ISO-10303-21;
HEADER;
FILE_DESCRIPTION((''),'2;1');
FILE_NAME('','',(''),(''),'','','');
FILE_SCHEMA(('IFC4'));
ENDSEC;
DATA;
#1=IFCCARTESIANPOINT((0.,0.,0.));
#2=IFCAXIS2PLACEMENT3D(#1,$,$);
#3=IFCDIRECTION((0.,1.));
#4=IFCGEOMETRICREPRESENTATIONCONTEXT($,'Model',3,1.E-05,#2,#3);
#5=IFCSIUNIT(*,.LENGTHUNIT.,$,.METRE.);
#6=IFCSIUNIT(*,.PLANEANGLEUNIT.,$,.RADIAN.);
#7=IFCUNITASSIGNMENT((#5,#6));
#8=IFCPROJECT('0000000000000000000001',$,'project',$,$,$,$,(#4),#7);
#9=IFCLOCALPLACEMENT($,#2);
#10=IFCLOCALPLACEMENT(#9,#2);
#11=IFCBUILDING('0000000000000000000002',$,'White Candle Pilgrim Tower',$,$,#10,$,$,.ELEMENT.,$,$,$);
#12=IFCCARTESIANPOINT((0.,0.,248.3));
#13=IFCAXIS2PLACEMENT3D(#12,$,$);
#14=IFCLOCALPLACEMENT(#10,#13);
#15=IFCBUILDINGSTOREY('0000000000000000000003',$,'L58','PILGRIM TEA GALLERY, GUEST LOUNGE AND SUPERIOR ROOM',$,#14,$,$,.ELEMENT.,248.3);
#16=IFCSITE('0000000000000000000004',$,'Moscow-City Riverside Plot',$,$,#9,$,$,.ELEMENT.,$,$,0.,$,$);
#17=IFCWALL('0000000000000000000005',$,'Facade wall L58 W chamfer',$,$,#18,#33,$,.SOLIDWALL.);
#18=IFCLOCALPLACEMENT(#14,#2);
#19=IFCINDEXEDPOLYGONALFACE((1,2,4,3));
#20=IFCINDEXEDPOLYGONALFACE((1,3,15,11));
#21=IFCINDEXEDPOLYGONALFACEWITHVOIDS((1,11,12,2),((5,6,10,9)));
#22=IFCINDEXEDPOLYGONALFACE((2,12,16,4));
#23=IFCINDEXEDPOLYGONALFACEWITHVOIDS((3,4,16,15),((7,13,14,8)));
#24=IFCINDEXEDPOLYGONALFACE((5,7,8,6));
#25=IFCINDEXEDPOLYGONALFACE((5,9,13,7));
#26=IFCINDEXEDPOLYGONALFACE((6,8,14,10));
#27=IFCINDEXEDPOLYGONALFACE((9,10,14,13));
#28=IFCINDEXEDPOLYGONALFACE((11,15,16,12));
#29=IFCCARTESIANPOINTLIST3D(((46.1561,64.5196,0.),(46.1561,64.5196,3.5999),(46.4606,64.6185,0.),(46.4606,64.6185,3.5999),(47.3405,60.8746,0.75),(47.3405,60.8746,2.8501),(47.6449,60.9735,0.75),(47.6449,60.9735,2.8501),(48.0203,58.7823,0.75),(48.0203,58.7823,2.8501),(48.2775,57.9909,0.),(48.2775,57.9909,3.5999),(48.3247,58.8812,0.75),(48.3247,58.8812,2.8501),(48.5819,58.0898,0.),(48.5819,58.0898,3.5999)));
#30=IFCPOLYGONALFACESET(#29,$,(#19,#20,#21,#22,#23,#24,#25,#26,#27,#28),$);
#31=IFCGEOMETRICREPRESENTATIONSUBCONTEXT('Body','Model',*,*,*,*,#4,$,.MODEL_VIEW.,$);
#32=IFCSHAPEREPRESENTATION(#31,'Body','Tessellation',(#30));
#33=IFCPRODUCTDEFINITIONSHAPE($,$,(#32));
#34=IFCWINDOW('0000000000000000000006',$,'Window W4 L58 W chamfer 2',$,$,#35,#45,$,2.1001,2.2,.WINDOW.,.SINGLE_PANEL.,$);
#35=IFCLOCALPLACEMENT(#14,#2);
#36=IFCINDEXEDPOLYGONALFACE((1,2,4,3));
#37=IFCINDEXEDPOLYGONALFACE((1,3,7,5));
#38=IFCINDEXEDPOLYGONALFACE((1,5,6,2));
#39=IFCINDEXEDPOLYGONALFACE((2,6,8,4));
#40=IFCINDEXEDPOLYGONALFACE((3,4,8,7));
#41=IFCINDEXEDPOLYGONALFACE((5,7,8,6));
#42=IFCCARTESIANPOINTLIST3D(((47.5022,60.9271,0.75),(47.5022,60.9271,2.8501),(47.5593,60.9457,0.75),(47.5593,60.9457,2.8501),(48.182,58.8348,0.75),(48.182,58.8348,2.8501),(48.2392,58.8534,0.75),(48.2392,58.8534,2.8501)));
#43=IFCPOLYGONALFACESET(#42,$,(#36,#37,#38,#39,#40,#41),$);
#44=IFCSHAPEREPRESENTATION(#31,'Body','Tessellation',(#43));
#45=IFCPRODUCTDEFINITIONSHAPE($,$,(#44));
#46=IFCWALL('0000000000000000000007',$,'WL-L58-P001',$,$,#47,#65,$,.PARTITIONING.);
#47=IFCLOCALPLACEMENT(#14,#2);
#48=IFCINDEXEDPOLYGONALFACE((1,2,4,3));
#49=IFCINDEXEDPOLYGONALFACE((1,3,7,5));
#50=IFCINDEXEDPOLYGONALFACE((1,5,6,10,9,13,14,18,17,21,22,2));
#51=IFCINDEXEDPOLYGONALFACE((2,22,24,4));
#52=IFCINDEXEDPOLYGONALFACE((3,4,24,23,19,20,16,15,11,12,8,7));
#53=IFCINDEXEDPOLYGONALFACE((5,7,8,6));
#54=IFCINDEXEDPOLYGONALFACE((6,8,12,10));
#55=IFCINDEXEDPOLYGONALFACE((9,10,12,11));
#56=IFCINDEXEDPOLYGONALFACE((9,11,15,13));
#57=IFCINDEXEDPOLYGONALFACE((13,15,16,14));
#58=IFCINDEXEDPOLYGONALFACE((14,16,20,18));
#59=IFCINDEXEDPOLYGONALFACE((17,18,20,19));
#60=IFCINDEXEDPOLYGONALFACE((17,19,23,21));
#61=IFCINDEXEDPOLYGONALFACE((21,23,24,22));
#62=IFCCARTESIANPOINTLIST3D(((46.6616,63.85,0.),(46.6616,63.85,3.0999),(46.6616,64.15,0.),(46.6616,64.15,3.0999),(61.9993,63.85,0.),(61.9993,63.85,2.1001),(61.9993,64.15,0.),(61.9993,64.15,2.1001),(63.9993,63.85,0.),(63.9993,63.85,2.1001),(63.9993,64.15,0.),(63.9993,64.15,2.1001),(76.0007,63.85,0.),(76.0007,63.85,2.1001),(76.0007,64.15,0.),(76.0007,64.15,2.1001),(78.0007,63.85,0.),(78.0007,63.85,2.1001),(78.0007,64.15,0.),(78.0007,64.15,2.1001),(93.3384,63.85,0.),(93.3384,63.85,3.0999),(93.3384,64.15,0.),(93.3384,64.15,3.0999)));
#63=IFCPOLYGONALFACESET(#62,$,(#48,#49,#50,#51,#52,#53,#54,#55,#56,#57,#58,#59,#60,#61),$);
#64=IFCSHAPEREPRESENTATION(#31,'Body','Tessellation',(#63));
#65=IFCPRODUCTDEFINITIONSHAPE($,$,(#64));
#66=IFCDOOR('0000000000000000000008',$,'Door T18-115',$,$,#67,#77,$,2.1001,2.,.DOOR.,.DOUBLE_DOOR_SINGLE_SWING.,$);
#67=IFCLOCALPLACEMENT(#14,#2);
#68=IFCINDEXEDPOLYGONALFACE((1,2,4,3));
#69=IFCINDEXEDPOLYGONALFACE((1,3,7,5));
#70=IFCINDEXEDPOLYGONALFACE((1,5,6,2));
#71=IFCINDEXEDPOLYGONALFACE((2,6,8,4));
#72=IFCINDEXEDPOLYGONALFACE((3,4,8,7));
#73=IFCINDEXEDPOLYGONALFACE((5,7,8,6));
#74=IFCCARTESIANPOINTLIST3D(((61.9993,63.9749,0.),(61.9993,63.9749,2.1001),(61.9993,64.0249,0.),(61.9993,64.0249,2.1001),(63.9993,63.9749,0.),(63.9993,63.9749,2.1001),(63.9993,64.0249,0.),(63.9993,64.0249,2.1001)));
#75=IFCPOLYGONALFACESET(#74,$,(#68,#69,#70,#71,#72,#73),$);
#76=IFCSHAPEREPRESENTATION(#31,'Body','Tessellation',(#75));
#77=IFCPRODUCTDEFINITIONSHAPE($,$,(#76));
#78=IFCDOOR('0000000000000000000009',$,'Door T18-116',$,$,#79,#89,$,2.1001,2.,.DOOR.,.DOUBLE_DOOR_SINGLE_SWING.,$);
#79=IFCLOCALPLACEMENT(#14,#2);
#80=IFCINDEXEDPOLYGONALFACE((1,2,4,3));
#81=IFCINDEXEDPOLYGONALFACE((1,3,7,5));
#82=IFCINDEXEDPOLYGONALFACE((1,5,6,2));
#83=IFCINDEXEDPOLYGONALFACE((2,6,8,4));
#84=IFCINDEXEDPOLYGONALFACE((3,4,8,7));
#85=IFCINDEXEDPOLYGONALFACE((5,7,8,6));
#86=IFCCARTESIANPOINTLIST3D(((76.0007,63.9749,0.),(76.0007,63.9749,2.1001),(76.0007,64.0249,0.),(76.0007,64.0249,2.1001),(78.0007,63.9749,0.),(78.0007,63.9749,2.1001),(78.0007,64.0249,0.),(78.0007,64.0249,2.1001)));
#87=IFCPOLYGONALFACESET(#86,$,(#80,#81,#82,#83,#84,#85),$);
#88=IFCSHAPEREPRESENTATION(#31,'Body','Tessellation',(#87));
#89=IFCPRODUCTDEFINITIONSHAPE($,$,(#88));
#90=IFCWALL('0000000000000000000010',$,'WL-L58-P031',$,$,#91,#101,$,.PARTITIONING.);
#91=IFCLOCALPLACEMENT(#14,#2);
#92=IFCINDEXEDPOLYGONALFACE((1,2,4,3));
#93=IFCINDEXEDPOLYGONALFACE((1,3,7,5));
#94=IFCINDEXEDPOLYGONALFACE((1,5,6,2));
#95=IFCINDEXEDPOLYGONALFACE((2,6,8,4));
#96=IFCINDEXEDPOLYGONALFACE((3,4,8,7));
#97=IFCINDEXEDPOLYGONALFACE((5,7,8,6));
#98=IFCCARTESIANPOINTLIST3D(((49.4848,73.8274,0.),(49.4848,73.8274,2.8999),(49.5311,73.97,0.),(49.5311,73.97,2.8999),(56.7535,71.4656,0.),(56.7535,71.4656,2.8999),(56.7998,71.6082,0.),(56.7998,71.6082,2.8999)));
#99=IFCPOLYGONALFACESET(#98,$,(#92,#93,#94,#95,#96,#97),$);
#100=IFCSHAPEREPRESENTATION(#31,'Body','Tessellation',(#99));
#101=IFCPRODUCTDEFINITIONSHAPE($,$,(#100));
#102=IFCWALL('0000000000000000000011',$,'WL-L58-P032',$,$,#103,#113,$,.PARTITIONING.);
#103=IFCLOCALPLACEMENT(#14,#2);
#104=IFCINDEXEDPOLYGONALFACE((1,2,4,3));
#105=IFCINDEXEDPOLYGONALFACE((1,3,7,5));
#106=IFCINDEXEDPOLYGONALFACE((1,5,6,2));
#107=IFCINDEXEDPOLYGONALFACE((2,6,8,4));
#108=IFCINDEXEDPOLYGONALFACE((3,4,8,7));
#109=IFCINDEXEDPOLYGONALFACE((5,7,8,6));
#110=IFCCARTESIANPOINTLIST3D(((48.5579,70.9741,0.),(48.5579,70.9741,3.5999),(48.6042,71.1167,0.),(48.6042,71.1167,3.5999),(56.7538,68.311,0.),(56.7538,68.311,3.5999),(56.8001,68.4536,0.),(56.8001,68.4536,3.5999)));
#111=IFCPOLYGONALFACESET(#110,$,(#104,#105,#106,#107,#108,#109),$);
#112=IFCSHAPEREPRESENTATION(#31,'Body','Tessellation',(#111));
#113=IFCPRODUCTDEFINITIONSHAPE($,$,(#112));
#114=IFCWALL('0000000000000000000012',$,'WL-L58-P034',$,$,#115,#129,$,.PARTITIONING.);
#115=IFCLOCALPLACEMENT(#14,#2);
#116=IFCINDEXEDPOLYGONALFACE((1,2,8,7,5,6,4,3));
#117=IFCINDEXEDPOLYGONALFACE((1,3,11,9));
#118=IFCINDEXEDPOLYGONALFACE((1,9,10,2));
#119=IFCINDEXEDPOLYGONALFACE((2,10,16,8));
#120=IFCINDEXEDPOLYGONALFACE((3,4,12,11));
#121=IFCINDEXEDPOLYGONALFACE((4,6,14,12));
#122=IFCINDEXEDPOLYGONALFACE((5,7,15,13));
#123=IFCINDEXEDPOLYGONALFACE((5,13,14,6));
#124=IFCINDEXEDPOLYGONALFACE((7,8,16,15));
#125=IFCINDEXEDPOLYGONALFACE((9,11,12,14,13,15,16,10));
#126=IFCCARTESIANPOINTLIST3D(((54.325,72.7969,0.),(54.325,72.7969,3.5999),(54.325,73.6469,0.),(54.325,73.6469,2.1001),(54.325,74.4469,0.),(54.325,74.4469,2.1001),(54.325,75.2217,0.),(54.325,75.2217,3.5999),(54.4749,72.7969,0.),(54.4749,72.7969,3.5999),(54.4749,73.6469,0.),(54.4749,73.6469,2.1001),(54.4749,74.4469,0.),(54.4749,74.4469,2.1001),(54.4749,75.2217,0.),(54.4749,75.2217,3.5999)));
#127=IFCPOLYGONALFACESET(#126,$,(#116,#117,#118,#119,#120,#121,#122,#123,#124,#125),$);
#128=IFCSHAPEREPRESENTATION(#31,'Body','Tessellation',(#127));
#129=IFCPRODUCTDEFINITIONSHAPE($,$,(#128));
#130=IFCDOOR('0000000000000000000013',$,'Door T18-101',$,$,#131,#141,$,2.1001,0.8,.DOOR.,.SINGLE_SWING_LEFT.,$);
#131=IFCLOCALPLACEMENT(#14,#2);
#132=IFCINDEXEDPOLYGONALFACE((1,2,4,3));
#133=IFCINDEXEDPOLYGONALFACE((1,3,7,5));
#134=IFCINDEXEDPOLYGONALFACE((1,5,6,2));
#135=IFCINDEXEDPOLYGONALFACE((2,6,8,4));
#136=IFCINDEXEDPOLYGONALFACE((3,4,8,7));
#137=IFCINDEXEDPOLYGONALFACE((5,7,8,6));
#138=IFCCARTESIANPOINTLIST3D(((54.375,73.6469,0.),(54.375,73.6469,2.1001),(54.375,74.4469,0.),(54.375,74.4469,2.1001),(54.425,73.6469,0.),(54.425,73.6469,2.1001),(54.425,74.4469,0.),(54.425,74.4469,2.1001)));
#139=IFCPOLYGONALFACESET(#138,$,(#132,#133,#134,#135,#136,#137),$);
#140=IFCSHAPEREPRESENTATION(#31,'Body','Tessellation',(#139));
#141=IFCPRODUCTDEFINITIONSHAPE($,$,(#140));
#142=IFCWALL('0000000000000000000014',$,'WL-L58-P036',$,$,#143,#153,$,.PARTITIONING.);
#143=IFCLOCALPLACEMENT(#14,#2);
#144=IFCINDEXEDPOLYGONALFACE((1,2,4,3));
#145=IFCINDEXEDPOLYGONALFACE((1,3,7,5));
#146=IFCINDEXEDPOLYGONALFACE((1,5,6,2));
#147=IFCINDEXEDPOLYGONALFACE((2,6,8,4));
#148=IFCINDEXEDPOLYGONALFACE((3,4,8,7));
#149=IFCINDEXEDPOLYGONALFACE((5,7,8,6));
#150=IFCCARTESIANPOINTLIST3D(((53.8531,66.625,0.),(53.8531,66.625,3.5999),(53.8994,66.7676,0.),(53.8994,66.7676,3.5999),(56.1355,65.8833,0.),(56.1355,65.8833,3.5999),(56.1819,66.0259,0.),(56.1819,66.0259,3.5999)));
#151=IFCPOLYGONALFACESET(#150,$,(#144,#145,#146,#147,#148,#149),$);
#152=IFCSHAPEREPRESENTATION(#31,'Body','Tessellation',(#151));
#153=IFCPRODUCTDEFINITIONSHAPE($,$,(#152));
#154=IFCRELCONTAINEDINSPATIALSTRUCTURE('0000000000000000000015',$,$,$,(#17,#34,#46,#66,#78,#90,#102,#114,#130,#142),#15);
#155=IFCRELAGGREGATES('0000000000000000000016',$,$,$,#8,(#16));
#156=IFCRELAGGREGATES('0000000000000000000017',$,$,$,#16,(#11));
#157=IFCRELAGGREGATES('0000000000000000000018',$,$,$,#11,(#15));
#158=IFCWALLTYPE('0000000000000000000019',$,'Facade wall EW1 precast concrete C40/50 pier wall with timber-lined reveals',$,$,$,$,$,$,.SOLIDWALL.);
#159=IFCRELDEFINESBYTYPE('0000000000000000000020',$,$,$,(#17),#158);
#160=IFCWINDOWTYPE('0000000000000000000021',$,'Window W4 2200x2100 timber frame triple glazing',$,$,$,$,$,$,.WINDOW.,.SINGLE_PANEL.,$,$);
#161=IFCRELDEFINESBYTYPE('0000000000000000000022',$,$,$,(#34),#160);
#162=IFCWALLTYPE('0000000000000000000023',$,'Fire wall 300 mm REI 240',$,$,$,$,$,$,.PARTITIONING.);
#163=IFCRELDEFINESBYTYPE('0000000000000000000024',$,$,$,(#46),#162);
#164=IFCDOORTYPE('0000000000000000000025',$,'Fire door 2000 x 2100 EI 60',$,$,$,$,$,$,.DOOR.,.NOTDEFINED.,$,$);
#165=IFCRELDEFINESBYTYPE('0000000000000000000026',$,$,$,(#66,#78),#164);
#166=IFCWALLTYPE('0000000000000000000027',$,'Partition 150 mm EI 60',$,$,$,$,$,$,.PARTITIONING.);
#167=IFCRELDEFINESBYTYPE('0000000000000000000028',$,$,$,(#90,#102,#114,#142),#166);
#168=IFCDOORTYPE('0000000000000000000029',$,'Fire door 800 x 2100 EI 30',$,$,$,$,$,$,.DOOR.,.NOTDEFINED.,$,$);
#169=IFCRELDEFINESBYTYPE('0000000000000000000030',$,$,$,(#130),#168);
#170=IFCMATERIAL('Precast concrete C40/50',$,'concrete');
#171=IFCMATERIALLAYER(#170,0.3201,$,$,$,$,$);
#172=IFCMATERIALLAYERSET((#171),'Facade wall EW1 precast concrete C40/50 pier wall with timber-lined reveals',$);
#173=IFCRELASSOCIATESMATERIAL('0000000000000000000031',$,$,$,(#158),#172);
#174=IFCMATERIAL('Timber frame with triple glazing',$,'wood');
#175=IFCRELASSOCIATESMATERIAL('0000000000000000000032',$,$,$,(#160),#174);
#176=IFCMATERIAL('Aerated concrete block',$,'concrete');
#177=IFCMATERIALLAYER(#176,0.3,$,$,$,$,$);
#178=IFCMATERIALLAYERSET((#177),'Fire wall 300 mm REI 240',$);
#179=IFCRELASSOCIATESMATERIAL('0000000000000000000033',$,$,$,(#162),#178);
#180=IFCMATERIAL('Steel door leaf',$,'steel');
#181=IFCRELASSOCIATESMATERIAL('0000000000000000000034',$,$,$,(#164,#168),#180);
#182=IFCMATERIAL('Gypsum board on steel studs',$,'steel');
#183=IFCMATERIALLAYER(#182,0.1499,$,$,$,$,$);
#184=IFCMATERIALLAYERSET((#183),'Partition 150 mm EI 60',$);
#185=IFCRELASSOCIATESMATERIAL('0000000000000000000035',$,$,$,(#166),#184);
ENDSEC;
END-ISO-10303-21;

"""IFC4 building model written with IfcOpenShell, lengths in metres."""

from ifc_helpers import new_model, si_unit, direction, frame, frame_2d, origin, place, context, subcontext, project, spatial, rectangle, extrude, material, layer, layer_set, type_object, element, fill, save


model = new_model("IFC4")

# Units and contexts
model_context = context("Model", 3, precision=1e-05, world=origin(), true_north=direction((0.0, 1.0)))
body_context = subcontext(model_context, "Body", "Model", "MODEL_VIEW")
ifc_project = project(units=[si_unit("LENGTHUNIT", "METRE"), si_unit("PLANEANGLEUNIT", "RADIAN")], contexts=[model_context])

# Site, building, storey
site_placement = place(None, origin())
site = spatial("IfcSite", under=ifc_project, at=site_placement, Name="Moscow-City Riverside Plot", CompositionType="ELEMENT", RefElevation=0.0)
building_placement = place(site_placement, origin())
building = spatial("IfcBuilding", under=site, at=building_placement, Name="White Candle Pilgrim Tower", CompositionType="ELEMENT")
storey_placement = place(building_placement, frame((0.0, 0.0, 248.3)))
storey = spatial("IfcBuildingStorey", under=building, at=storey_placement, Name="L58", Description="PILGRIM TEA GALLERY, GUEST LOUNGE AND SUPERIOR ROOM", CompositionType="ELEMENT", Elevation=248.3)

# Shared definitions
ifc_material_1 = material(Name="Gypsum board on steel studs", Category="steel")
ifc_material_2 = material(Name="Steel door leaf", Category="steel")

# Wall, opening, window
ifc_material_3 = material(Name="Precast concrete C40/50", Category="concrete")
ifc_layer_1 = layer(ifc_material_3, 0.3201)
ifc_layer_set_1 = layer_set([ifc_layer_1], Name="Facade wall EW1 precast concrete C40/50 pier wall with timber-lined reveals")
wall_type_1 = type_object("IfcWallType", Name="Facade wall EW1 precast concrete C40/50 pier wall with timber-lined reveals", PredefinedType="SOLIDWALL", material=ifc_layer_set_1)
wall_1_placement = place(storey_placement, frame((46.3083, 64.5691, 0.0), z_axis=(0.0, 0.0, 1.0), x_axis=(0.309017, -0.951057, 0.0)))
wall_1 = element("IfcWall", 1, at=wall_1_placement, inside=storey, type_object=wall_type_1, Name="Facade wall L58 W chamfer", PredefinedType="SOLIDWALL", context=body_context, shape_type="SweptSolid", body=[
    extrude(rectangle(XDim=6.8647, YDim=0.3201, at=frame_2d((3.4324, 0.0))), origin(), (0.0, 0.0, 1.0), 3.5999),
])
opening_1_placement = place(wall_1_placement, frame((3.8325, 0.0, 0.75)))
opening_1 = element("IfcOpeningElement", 2, at=opening_1_placement, cuts=wall_1, PredefinedType="OPENING", context=body_context, shape_type="SweptSolid", body=[
    extrude(rectangle(XDim=2.2, YDim=2.1001, at=frame_2d((1.1001, 1.05))), frame((0.0, 0.1699, 0.0), z_axis=(0.0, -1.0, 0.0), x_axis=(1.0, 0.0, 0.0)), (0.0, 0.0, 1.0), 0.3401),
])
ifc_material_4 = material(Name="Timber frame with triple glazing", Category="wood")
window_type = type_object("IfcWindowType", Name="Window W4 2200x2100 timber frame triple glazing", PartitioningType="SINGLE_PANEL", PredefinedType="WINDOW", material=ifc_material_4)
window_placement = place(opening_1_placement, origin())
window = element("IfcWindow", 3, at=window_placement, inside=storey, type_object=window_type, Name="Window W4 L58 W chamfer 2", OverallHeight=2.1001, OverallWidth=2.2, PartitioningType="SINGLE_PANEL", PredefinedType="WINDOW", context=body_context, shape_type="SweptSolid", body=[
    extrude(rectangle(XDim=2.2, YDim=2.1001, at=frame_2d((1.1001, 1.05))), frame((0.0, 0.0701, 0.0), z_axis=(0.0, -1.0, 0.0), x_axis=(1.0, 0.0, 0.0)), (0.0, 0.0, 1.0), 0.0601),
])
fill(opening_1, window)

# Wall, openings, doors
ifc_material_5 = material(Name="Aerated concrete block", Category="concrete")
ifc_layer_2 = layer(ifc_material_5, 0.3)
ifc_layer_set_2 = layer_set([ifc_layer_2], Name="Fire wall 300 mm REI 240")
wall_type_2 = type_object("IfcWallType", Name="Fire wall 300 mm REI 240", PredefinedType="PARTITIONING", material=ifc_layer_set_2)
wall_2_placement = place(storey_placement, frame((46.6616, 64.0, 0.0), z_axis=(0.0, 0.0, 1.0), x_axis=(1.0, 0.0, 0.0)))
wall_2 = element("IfcWall", 4, at=wall_2_placement, inside=storey, type_object=wall_type_2, Name="WL-L58-P001", PredefinedType="PARTITIONING", context=body_context, shape_type="SweptSolid", body=[
    extrude(rectangle(XDim=46.6768, YDim=0.3, at=frame_2d((23.3384, 0.0))), origin(), (0.0, 0.0, 1.0), 3.0999),
])
opening_2_placement = place(wall_2_placement, frame((15.3376, 0.0, 0.0)))
opening_2 = element("IfcOpeningElement", 5, at=opening_2_placement, cuts=wall_2, PredefinedType="OPENING", context=body_context, shape_type="SweptSolid", body=[
    extrude(rectangle(XDim=2.0, YDim=2.1001, at=frame_2d((1.0, 1.05))), frame((0.0, 0.1599, 0.0), z_axis=(0.0, -1.0, 0.0), x_axis=(1.0, 0.0, 0.0)), (0.0, 0.0, 1.0), 0.3201),
])
opening_3_placement = place(wall_2_placement, frame((29.3391, 0.0, 0.0)))
opening_3 = element("IfcOpeningElement", 6, at=opening_3_placement, cuts=wall_2, PredefinedType="OPENING", context=body_context, shape_type="SweptSolid", body=[
    extrude(rectangle(XDim=2.0, YDim=2.1001, at=frame_2d((1.0, 1.05))), frame((0.0, 0.1599, 0.0), z_axis=(0.0, -1.0, 0.0), x_axis=(1.0, 0.0, 0.0)), (0.0, 0.0, 1.0), 0.3201),
])
door_type_1 = type_object("IfcDoorType", Name="Fire door 2000 x 2100 EI 60", OperationType="NOTDEFINED", PredefinedType="DOOR", material=ifc_material_2)
door_1_placement = place(opening_2_placement, origin())
door_1 = element("IfcDoor", 7, at=door_1_placement, inside=storey, type_object=door_type_1, Name="Door T18-115", OperationType="DOUBLE_DOOR_SINGLE_SWING", OverallHeight=2.1001, OverallWidth=2.0, PredefinedType="DOOR", context=body_context, shape_type="SweptSolid", body=[
    extrude(rectangle(XDim=2.0, YDim=2.1001, at=frame_2d((1.0, 1.05))), frame((0.0, 0.0249, 0.0), z_axis=(0.0, -1.0, 0.0), x_axis=(1.0, 0.0, 0.0)), (0.0, 0.0, 1.0), 0.05),
])
fill(opening_2, door_1)
door_2_placement = place(opening_3_placement, origin())
door_2 = element("IfcDoor", 8, at=door_2_placement, inside=storey, type_object=door_type_1, Name="Door T18-116", OperationType="DOUBLE_DOOR_SINGLE_SWING", OverallHeight=2.1001, OverallWidth=2.0, PredefinedType="DOOR", context=body_context, shape_type="SweptSolid", body=[
    extrude(rectangle(XDim=2.0, YDim=2.1001, at=frame_2d((1.0, 1.05))), frame((0.0, 0.0249, 0.0), z_axis=(0.0, -1.0, 0.0), x_axis=(1.0, 0.0, 0.0)), (0.0, 0.0, 1.0), 0.05),
])
fill(opening_3, door_2)

# Walls
ifc_layer_3 = layer(ifc_material_1, 0.1499)
ifc_layer_set_3 = layer_set([ifc_layer_3], Name="Partition 150 mm EI 60")
wall_type_3 = type_object("IfcWallType", Name="Partition 150 mm EI 60", PredefinedType="PARTITIONING", material=ifc_layer_set_3)
wall_3_placement = place(storey_placement, frame((49.5081, 73.8987, 0.0), z_axis=(0.0, 0.0, 1.0), x_axis=(0.951055, -0.309022, 0.0)))
element("IfcWall", 9, at=wall_3_placement, inside=storey, type_object=wall_type_3, Name="WL-L58-P031", PredefinedType="PARTITIONING", context=body_context, shape_type="SweptSolid", body=[
    extrude(rectangle(XDim=7.6428, YDim=0.1499, at=frame_2d((3.8213, 0.0))), origin(), (0.0, 0.0, 1.0), 2.8999),
])
wall_4_placement = place(storey_placement, frame((48.5811, 71.0454, 0.0), z_axis=(0.0, 0.0, 1.0), x_axis=(0.951053, -0.309028, 0.0)))
element("IfcWall", 10, at=wall_4_placement, inside=storey, type_object=wall_type_3, Name="WL-L58-P032", PredefinedType="PARTITIONING", context=body_context, shape_type="SweptSolid", body=[
    extrude(rectangle(XDim=8.6177, YDim=0.1499, at=frame_2d((4.3088, 0.0))), origin(), (0.0, 0.0, 1.0), 3.5999),
])

# Wall, opening, door
wall_5_placement = place(storey_placement, frame((54.3999, 72.7969, 0.0), z_axis=(0.0, 0.0, 1.0), x_axis=(0.0, 1.0, 0.0)))
wall_5 = element("IfcWall", 11, at=wall_5_placement, inside=storey, type_object=wall_type_3, Name="WL-L58-P034", PredefinedType="PARTITIONING", context=body_context, shape_type="SweptSolid", body=[
    extrude(rectangle(XDim=2.4248, YDim=0.1499, at=frame_2d((1.2124, 0.0))), origin(), (0.0, 0.0, 1.0), 3.5999),
])
opening_4_placement = place(wall_5_placement, frame((0.8501, 0.0, 0.0)))
opening_4 = element("IfcOpeningElement", 12, at=opening_4_placement, cuts=wall_5, PredefinedType="OPENING", context=body_context, shape_type="SweptSolid", body=[
    extrude(rectangle(XDim=0.8, YDim=2.1001, at=frame_2d((0.3999, 1.05))), frame((0.0, 0.085, 0.0), z_axis=(0.0, -1.0, 0.0), x_axis=(1.0, 0.0, 0.0)), (0.0, 0.0, 1.0), 0.1699),
])
door_type_2 = type_object("IfcDoorType", Name="Fire door 800 x 2100 EI 30", OperationType="NOTDEFINED", PredefinedType="DOOR", material=ifc_material_2)
door_3_placement = place(opening_4_placement, origin())
door_3 = element("IfcDoor", 13, at=door_3_placement, inside=storey, type_object=door_type_2, Name="Door T18-101", OperationType="SINGLE_SWING_LEFT", OverallHeight=2.1001, OverallWidth=0.8, PredefinedType="DOOR", context=body_context, shape_type="SweptSolid", body=[
    extrude(rectangle(XDim=0.8, YDim=2.1001, at=frame_2d((0.3999, 1.05))), frame((0.0, 0.0249, 0.0), z_axis=(0.0, -1.0, 0.0), x_axis=(1.0, 0.0, 0.0)), (0.0, 0.0, 1.0), 0.05),
])
fill(opening_4, door_3)

# Wall
wall_6_placement = place(storey_placement, frame((56.1587, 65.9546, 0.0), z_axis=(0.0, 0.0, 1.0), x_axis=(-0.951047, 0.309047, 0.0)))
element("IfcWall", 14, at=wall_6_placement, inside=storey, type_object=wall_type_3, Name="WL-L58-P036", PredefinedType="PARTITIONING", context=body_context, shape_type="SweptSolid", body=[
    extrude(rectangle(XDim=2.3999, YDim=0.1499, at=frame_2d((1.2, 0.0))), origin(), (0.0, 0.0, 1.0), 3.5999),
])

save(model, "model.ifc")
